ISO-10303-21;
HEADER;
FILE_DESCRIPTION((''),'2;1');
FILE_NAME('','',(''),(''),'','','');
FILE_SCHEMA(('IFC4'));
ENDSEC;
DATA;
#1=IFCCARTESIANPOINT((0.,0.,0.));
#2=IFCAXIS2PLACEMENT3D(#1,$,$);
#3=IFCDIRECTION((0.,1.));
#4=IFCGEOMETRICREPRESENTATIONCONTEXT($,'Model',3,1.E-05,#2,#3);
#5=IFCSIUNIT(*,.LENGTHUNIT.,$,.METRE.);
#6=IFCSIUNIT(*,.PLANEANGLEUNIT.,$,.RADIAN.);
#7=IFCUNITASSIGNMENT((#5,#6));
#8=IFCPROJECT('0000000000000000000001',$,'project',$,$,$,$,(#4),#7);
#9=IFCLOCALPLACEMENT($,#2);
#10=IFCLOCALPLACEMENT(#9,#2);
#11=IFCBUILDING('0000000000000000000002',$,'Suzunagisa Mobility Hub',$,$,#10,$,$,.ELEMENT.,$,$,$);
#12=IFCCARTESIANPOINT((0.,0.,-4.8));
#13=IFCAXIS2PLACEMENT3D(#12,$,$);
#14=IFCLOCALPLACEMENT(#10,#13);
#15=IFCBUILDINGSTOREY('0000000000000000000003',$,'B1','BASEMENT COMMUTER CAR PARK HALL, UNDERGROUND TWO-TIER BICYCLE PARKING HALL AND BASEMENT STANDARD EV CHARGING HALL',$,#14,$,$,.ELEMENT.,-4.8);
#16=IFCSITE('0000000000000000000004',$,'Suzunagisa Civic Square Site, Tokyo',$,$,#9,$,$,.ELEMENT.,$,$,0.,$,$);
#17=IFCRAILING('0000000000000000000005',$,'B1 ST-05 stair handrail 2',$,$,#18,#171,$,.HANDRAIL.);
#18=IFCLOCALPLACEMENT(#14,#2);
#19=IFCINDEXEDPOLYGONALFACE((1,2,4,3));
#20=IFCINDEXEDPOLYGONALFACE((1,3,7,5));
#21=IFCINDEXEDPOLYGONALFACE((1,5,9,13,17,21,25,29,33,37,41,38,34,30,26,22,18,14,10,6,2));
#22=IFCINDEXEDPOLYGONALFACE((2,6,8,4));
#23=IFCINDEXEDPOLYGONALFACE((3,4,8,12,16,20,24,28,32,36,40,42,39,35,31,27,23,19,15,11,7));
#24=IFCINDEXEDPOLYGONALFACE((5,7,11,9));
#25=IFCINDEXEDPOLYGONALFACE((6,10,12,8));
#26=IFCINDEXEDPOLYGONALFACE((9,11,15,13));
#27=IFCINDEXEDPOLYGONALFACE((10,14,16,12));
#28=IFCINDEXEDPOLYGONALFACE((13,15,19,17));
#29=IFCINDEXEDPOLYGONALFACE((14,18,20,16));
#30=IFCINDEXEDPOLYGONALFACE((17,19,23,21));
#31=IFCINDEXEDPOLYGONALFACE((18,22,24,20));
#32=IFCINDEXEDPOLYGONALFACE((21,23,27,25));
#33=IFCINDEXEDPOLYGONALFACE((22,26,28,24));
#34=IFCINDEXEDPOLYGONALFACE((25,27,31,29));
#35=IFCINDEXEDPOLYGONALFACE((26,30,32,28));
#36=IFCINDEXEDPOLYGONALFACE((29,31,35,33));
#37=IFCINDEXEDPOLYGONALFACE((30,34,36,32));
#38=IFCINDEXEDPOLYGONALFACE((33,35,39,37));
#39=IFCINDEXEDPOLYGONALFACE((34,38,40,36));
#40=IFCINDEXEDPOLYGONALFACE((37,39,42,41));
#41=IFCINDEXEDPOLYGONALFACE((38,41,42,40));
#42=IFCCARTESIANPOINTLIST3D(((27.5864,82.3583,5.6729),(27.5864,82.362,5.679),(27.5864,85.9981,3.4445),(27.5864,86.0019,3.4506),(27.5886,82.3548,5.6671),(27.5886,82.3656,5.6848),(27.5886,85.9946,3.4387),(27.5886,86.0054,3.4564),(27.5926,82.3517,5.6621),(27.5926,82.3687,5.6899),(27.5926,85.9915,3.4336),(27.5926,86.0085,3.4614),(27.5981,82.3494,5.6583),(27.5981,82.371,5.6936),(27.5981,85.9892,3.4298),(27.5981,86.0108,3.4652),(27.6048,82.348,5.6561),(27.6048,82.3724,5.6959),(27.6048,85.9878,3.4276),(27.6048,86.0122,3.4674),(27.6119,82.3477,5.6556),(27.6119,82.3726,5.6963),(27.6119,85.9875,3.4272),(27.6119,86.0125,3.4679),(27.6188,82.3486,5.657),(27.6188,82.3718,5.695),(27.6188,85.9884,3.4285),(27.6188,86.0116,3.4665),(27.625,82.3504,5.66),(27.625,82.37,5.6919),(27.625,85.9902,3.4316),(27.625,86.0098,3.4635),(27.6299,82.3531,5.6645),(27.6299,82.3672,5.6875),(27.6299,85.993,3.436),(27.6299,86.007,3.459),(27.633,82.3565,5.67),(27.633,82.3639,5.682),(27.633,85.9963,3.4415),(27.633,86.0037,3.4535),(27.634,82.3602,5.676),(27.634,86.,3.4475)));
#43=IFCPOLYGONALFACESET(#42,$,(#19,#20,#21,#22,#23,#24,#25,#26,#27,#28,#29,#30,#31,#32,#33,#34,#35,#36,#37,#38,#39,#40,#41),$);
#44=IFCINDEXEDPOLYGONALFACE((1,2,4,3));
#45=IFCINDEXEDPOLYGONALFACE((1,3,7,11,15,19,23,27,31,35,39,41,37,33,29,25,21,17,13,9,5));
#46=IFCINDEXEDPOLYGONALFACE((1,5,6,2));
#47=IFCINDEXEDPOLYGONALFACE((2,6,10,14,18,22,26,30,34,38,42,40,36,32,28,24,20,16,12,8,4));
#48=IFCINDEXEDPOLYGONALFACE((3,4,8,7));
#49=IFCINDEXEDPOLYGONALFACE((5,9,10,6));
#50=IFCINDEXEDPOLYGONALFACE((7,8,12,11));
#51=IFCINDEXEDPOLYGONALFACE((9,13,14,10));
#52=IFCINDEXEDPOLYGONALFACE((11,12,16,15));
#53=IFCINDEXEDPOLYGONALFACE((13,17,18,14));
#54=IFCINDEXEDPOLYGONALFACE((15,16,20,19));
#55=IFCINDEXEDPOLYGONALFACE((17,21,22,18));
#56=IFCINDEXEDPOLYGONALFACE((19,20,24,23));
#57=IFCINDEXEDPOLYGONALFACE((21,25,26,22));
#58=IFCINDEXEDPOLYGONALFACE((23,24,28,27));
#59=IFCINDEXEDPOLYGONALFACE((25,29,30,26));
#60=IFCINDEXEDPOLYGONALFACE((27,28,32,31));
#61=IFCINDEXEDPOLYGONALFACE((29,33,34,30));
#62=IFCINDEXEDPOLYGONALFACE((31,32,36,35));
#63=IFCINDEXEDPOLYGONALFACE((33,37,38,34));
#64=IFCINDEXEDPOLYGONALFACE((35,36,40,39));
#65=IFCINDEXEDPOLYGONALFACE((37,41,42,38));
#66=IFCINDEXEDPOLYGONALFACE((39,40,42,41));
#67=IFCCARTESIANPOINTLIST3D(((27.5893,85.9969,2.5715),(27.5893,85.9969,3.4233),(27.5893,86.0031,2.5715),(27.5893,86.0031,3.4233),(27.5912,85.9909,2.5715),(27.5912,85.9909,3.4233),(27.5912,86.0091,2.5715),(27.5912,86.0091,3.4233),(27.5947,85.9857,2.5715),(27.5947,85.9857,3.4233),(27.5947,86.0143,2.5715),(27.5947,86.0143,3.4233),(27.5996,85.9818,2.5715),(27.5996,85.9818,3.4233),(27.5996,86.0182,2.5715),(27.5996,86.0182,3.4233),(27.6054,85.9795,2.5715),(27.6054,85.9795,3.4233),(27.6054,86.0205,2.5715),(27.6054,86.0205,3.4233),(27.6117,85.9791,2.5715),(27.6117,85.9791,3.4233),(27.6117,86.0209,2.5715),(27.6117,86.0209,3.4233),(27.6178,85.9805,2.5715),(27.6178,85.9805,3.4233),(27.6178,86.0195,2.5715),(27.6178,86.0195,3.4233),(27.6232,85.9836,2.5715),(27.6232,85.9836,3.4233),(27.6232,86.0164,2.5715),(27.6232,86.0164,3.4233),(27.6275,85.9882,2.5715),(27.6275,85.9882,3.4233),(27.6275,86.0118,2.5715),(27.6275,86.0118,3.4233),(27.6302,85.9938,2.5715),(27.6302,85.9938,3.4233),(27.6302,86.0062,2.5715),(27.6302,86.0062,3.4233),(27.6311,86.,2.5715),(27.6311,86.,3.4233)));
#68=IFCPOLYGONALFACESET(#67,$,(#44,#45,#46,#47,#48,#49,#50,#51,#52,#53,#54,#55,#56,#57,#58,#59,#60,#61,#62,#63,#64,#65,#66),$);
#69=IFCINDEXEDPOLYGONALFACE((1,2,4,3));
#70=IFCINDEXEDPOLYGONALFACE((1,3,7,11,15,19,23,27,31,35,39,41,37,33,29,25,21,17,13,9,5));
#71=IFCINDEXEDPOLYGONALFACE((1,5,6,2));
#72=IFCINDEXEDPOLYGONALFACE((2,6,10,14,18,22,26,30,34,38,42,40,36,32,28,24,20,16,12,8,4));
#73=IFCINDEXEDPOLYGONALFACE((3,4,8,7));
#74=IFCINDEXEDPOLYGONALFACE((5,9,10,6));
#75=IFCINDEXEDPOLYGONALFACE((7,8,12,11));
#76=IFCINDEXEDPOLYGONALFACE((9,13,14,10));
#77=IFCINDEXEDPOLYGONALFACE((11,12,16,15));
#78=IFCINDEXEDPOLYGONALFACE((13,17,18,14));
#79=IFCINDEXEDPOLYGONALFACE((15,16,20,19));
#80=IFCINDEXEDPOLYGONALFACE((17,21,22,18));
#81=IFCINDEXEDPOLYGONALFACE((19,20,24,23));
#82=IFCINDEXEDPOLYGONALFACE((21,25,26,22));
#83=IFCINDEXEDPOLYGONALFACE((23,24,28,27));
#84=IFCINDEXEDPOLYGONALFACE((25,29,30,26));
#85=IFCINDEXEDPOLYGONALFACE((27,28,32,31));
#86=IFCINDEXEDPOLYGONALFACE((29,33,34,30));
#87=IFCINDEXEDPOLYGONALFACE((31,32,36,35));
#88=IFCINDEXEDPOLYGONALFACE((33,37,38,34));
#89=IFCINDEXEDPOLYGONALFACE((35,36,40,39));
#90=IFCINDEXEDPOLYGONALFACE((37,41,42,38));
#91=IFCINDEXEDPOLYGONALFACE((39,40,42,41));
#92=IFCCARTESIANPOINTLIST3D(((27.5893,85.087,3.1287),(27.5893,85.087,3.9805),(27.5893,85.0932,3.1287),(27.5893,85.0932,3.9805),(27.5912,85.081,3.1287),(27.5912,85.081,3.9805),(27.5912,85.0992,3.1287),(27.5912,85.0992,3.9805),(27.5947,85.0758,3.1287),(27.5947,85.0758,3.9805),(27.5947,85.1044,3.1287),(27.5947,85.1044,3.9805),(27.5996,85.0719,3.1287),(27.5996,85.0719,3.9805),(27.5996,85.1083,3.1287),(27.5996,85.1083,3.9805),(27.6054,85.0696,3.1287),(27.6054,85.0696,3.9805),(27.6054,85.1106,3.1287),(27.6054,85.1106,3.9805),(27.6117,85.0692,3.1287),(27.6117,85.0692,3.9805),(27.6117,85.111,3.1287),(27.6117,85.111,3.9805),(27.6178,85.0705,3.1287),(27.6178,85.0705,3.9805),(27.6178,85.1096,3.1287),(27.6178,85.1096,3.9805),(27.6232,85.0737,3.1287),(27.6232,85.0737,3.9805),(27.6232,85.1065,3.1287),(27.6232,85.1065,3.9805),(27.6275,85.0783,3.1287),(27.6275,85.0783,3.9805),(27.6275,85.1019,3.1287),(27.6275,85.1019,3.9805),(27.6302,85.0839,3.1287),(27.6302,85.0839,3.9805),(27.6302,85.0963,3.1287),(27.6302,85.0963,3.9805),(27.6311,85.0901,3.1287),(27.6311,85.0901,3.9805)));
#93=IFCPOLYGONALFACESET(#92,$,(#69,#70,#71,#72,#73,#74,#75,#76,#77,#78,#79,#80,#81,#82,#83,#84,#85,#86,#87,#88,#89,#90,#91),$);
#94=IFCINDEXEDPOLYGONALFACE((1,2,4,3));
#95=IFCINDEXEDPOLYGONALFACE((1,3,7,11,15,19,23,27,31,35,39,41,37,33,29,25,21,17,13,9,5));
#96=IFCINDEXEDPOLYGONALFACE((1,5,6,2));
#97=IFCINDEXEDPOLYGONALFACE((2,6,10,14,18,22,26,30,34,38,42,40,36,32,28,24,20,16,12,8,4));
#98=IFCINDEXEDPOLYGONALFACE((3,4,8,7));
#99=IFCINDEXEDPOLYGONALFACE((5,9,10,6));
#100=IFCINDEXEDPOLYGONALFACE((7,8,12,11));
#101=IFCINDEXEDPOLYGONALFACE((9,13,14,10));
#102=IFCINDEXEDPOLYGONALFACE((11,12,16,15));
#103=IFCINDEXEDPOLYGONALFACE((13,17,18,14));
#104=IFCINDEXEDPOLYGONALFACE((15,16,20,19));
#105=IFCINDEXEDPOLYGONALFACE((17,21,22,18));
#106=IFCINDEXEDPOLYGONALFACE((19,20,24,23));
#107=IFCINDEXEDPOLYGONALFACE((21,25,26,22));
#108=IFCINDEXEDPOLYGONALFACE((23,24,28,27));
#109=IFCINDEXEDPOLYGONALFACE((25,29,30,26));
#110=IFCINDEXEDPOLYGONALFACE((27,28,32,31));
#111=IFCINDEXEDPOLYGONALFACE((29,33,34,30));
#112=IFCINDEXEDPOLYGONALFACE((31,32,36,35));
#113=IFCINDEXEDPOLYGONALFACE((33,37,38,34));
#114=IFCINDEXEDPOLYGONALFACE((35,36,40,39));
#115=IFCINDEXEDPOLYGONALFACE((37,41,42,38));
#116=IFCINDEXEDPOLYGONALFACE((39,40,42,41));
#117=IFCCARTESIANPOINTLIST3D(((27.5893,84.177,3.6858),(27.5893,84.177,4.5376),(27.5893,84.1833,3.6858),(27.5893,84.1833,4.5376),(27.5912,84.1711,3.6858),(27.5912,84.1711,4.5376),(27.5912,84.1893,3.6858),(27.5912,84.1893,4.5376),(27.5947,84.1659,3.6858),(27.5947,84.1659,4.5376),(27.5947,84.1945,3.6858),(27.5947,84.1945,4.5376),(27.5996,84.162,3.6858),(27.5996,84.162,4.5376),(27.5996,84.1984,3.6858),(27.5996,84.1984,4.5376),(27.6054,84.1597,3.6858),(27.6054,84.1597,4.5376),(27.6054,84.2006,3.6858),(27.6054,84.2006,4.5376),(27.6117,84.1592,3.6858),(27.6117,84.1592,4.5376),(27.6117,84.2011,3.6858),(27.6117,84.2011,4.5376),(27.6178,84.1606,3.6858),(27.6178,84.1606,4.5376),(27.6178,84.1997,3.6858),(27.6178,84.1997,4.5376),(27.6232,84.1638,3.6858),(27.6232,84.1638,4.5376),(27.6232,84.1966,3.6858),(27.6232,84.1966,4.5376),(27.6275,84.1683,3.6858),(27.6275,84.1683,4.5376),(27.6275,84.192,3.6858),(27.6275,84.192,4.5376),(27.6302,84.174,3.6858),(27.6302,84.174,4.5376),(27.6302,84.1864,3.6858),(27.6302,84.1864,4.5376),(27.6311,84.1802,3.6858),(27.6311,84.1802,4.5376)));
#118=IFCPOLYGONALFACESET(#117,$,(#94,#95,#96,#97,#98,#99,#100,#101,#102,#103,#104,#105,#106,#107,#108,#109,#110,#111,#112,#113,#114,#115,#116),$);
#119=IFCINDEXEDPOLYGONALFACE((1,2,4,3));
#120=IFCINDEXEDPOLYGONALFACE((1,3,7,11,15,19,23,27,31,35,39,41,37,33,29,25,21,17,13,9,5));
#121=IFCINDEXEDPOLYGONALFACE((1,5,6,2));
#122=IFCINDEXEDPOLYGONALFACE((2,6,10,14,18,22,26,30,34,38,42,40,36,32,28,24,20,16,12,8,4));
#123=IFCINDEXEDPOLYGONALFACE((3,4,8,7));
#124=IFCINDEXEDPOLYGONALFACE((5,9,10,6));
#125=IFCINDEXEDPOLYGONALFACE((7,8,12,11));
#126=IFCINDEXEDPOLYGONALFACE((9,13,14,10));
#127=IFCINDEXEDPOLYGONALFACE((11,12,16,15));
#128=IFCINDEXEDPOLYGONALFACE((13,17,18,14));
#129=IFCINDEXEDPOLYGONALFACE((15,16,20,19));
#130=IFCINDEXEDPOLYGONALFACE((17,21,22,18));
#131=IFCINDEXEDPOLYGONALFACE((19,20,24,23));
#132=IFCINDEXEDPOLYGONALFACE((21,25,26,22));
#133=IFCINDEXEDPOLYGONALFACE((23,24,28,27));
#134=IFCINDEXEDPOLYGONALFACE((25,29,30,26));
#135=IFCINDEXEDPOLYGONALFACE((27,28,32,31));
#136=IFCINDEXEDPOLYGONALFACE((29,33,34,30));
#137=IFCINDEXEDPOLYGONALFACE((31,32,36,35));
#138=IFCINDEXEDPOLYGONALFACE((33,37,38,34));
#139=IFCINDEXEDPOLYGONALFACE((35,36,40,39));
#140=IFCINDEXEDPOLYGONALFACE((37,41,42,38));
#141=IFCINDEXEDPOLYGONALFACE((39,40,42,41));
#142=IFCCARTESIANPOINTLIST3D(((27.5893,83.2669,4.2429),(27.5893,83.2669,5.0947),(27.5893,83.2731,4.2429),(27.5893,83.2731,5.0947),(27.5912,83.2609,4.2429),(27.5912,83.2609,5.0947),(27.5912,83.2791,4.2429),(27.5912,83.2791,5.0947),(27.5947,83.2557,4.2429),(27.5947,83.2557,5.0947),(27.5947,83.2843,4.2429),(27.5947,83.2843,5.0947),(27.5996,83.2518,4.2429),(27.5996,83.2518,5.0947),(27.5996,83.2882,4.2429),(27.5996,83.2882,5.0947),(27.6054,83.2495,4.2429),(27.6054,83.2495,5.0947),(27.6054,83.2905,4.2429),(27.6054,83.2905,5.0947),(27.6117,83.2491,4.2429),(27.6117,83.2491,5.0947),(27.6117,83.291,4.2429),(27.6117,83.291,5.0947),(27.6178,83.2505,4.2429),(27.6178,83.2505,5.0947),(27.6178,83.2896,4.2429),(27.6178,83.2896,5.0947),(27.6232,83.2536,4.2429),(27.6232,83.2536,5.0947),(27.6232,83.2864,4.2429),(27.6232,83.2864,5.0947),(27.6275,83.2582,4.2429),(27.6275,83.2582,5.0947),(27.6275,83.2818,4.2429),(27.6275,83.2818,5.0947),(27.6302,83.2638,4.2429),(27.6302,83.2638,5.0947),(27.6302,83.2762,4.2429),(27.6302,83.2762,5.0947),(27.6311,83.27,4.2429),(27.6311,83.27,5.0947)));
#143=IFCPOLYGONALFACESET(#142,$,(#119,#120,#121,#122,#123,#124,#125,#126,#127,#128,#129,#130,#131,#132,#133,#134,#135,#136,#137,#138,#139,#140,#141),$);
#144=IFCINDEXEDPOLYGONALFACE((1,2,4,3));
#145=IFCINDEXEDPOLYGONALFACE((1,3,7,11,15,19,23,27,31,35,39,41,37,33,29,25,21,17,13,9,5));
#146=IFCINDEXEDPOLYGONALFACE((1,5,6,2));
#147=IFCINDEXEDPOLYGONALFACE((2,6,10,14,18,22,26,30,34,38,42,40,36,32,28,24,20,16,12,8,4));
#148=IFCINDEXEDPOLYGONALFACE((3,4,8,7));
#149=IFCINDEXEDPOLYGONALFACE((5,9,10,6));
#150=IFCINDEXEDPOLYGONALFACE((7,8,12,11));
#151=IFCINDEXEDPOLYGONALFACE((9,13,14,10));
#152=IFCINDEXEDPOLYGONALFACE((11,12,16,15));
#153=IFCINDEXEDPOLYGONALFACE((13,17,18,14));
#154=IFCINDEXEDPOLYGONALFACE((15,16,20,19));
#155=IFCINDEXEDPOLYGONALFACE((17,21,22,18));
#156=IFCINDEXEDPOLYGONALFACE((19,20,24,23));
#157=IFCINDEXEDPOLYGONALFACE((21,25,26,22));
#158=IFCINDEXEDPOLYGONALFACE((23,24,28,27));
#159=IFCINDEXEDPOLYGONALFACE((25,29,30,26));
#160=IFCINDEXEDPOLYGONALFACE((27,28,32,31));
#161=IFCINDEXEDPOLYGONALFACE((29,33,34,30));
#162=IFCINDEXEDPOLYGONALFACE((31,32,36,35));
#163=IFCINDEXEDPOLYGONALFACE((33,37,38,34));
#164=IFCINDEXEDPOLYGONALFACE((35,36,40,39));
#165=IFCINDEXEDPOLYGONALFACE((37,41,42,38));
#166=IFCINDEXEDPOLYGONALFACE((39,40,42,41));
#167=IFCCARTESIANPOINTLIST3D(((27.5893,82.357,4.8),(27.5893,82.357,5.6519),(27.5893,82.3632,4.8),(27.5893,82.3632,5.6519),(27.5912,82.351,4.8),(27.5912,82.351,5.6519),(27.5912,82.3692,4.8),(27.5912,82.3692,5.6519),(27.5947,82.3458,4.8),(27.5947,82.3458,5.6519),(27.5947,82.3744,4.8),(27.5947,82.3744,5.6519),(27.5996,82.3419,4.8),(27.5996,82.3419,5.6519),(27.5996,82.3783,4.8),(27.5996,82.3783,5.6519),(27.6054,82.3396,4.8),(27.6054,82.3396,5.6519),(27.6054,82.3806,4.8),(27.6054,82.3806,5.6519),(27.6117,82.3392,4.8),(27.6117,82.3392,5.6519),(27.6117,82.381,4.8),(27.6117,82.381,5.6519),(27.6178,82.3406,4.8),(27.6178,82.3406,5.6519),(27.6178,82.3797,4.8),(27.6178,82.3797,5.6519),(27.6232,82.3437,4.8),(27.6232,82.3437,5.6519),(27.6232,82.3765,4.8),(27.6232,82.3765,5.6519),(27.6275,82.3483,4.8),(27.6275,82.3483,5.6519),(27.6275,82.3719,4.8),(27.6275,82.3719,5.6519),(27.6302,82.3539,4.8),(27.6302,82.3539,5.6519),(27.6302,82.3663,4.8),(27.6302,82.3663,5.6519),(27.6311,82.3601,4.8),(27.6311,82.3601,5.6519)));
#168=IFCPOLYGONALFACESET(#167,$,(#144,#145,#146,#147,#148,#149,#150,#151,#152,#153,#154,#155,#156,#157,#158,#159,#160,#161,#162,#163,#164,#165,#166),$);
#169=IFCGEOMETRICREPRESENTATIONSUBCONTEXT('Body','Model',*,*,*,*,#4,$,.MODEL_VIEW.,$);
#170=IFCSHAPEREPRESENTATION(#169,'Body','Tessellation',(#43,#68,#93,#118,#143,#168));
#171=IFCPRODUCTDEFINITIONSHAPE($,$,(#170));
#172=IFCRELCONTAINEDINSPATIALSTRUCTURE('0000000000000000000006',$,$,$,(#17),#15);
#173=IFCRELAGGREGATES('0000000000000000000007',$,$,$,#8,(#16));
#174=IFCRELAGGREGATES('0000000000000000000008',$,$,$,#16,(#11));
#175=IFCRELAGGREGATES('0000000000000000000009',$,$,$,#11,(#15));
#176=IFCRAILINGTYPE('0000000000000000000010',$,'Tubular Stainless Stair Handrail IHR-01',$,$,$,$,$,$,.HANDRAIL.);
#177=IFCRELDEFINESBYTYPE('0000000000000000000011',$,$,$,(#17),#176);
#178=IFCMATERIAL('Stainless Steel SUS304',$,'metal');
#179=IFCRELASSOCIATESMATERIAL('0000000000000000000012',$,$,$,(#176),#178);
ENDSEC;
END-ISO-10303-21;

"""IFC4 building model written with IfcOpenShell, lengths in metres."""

from ifc_helpers import new_model, si_unit, direction, frame, origin, origin_2d, place, context, subcontext, project, spatial, circle, extrude, material, type_object, element, save


model = new_model("IFC4")

# Units and contexts
model_context = context("Model", 3, precision=1e-05, world=origin(), true_north=direction((0.0, 1.0)))
body_context = subcontext(model_context, "Body", "Model", "MODEL_VIEW")
ifc_project = project(units=[si_unit("LENGTHUNIT", "METRE"), si_unit("PLANEANGLEUNIT", "RADIAN")], contexts=[model_context])

# Site, building, storey
site_placement = place(None, origin())
site = spatial("IfcSite", under=ifc_project, at=site_placement, Name="Suzunagisa Civic Square Site, Tokyo", CompositionType="ELEMENT", RefElevation=0.0)
building_placement = place(site_placement, origin())
building = spatial("IfcBuilding", under=site, at=building_placement, Name="Suzunagisa Mobility Hub", CompositionType="ELEMENT")
storey_placement = place(building_placement, frame((0.0, 0.0, -4.8)))
storey = spatial("IfcBuildingStorey", under=building, at=storey_placement, Name="B1", Description="BASEMENT COMMUTER CAR PARK HALL, UNDERGROUND TWO-TIER BICYCLE PARKING HALL AND BASEMENT STANDARD EV CHARGING HALL", CompositionType="ELEMENT", Elevation=-4.8)

# Railing
ifc_material_1 = material(Name="Stainless Steel SUS304", Category="metal")
railing_type = type_object("IfcRailingType", Name="Tubular Stainless Stair Handrail IHR-01", PredefinedType="HANDRAIL", material=ifc_material_1)
railing_placement = place(storey_placement, frame((27.6101, 86.0, 2.5715)))
element("IfcRailing", 1, at=railing_placement, inside=storey, type_object=railing_type, Name="B1 ST-05 stair handrail 2", PredefinedType="HANDRAIL", context=body_context, shape_type="SweptSolid", body=[
    extrude(circle(Radius=0.0239, at=origin_2d()), frame((0.0, 0.0, 0.876), z_axis=(0.0, -0.85285, 0.522156), x_axis=(1.0, 0.0, 0.0)), (0.0, 0.0, 1.0), 4.2678),
    extrude(circle(Radius=0.021, at=origin_2d()), origin(), (0.0, 0.0, 1.0), 0.8518),
    extrude(circle(Radius=0.021, at=origin_2d()), frame((0.0, -0.9099, 0.5571)), (0.0, 0.0, 1.0), 0.8518),
    extrude(circle(Radius=0.021, at=origin_2d()), frame((0.0, -1.8198, 1.1143)), (0.0, 0.0, 1.0), 0.8518),
    extrude(circle(Radius=0.021, at=origin_2d()), frame((0.0, -2.73, 1.6714)), (0.0, 0.0, 1.0), 0.8518),
    extrude(circle(Radius=0.021, at=origin_2d()), frame((0.0, -3.6399, 2.2285)), (0.0, 0.0, 1.0), 0.8518),
])

save(model, "model.ifc")
